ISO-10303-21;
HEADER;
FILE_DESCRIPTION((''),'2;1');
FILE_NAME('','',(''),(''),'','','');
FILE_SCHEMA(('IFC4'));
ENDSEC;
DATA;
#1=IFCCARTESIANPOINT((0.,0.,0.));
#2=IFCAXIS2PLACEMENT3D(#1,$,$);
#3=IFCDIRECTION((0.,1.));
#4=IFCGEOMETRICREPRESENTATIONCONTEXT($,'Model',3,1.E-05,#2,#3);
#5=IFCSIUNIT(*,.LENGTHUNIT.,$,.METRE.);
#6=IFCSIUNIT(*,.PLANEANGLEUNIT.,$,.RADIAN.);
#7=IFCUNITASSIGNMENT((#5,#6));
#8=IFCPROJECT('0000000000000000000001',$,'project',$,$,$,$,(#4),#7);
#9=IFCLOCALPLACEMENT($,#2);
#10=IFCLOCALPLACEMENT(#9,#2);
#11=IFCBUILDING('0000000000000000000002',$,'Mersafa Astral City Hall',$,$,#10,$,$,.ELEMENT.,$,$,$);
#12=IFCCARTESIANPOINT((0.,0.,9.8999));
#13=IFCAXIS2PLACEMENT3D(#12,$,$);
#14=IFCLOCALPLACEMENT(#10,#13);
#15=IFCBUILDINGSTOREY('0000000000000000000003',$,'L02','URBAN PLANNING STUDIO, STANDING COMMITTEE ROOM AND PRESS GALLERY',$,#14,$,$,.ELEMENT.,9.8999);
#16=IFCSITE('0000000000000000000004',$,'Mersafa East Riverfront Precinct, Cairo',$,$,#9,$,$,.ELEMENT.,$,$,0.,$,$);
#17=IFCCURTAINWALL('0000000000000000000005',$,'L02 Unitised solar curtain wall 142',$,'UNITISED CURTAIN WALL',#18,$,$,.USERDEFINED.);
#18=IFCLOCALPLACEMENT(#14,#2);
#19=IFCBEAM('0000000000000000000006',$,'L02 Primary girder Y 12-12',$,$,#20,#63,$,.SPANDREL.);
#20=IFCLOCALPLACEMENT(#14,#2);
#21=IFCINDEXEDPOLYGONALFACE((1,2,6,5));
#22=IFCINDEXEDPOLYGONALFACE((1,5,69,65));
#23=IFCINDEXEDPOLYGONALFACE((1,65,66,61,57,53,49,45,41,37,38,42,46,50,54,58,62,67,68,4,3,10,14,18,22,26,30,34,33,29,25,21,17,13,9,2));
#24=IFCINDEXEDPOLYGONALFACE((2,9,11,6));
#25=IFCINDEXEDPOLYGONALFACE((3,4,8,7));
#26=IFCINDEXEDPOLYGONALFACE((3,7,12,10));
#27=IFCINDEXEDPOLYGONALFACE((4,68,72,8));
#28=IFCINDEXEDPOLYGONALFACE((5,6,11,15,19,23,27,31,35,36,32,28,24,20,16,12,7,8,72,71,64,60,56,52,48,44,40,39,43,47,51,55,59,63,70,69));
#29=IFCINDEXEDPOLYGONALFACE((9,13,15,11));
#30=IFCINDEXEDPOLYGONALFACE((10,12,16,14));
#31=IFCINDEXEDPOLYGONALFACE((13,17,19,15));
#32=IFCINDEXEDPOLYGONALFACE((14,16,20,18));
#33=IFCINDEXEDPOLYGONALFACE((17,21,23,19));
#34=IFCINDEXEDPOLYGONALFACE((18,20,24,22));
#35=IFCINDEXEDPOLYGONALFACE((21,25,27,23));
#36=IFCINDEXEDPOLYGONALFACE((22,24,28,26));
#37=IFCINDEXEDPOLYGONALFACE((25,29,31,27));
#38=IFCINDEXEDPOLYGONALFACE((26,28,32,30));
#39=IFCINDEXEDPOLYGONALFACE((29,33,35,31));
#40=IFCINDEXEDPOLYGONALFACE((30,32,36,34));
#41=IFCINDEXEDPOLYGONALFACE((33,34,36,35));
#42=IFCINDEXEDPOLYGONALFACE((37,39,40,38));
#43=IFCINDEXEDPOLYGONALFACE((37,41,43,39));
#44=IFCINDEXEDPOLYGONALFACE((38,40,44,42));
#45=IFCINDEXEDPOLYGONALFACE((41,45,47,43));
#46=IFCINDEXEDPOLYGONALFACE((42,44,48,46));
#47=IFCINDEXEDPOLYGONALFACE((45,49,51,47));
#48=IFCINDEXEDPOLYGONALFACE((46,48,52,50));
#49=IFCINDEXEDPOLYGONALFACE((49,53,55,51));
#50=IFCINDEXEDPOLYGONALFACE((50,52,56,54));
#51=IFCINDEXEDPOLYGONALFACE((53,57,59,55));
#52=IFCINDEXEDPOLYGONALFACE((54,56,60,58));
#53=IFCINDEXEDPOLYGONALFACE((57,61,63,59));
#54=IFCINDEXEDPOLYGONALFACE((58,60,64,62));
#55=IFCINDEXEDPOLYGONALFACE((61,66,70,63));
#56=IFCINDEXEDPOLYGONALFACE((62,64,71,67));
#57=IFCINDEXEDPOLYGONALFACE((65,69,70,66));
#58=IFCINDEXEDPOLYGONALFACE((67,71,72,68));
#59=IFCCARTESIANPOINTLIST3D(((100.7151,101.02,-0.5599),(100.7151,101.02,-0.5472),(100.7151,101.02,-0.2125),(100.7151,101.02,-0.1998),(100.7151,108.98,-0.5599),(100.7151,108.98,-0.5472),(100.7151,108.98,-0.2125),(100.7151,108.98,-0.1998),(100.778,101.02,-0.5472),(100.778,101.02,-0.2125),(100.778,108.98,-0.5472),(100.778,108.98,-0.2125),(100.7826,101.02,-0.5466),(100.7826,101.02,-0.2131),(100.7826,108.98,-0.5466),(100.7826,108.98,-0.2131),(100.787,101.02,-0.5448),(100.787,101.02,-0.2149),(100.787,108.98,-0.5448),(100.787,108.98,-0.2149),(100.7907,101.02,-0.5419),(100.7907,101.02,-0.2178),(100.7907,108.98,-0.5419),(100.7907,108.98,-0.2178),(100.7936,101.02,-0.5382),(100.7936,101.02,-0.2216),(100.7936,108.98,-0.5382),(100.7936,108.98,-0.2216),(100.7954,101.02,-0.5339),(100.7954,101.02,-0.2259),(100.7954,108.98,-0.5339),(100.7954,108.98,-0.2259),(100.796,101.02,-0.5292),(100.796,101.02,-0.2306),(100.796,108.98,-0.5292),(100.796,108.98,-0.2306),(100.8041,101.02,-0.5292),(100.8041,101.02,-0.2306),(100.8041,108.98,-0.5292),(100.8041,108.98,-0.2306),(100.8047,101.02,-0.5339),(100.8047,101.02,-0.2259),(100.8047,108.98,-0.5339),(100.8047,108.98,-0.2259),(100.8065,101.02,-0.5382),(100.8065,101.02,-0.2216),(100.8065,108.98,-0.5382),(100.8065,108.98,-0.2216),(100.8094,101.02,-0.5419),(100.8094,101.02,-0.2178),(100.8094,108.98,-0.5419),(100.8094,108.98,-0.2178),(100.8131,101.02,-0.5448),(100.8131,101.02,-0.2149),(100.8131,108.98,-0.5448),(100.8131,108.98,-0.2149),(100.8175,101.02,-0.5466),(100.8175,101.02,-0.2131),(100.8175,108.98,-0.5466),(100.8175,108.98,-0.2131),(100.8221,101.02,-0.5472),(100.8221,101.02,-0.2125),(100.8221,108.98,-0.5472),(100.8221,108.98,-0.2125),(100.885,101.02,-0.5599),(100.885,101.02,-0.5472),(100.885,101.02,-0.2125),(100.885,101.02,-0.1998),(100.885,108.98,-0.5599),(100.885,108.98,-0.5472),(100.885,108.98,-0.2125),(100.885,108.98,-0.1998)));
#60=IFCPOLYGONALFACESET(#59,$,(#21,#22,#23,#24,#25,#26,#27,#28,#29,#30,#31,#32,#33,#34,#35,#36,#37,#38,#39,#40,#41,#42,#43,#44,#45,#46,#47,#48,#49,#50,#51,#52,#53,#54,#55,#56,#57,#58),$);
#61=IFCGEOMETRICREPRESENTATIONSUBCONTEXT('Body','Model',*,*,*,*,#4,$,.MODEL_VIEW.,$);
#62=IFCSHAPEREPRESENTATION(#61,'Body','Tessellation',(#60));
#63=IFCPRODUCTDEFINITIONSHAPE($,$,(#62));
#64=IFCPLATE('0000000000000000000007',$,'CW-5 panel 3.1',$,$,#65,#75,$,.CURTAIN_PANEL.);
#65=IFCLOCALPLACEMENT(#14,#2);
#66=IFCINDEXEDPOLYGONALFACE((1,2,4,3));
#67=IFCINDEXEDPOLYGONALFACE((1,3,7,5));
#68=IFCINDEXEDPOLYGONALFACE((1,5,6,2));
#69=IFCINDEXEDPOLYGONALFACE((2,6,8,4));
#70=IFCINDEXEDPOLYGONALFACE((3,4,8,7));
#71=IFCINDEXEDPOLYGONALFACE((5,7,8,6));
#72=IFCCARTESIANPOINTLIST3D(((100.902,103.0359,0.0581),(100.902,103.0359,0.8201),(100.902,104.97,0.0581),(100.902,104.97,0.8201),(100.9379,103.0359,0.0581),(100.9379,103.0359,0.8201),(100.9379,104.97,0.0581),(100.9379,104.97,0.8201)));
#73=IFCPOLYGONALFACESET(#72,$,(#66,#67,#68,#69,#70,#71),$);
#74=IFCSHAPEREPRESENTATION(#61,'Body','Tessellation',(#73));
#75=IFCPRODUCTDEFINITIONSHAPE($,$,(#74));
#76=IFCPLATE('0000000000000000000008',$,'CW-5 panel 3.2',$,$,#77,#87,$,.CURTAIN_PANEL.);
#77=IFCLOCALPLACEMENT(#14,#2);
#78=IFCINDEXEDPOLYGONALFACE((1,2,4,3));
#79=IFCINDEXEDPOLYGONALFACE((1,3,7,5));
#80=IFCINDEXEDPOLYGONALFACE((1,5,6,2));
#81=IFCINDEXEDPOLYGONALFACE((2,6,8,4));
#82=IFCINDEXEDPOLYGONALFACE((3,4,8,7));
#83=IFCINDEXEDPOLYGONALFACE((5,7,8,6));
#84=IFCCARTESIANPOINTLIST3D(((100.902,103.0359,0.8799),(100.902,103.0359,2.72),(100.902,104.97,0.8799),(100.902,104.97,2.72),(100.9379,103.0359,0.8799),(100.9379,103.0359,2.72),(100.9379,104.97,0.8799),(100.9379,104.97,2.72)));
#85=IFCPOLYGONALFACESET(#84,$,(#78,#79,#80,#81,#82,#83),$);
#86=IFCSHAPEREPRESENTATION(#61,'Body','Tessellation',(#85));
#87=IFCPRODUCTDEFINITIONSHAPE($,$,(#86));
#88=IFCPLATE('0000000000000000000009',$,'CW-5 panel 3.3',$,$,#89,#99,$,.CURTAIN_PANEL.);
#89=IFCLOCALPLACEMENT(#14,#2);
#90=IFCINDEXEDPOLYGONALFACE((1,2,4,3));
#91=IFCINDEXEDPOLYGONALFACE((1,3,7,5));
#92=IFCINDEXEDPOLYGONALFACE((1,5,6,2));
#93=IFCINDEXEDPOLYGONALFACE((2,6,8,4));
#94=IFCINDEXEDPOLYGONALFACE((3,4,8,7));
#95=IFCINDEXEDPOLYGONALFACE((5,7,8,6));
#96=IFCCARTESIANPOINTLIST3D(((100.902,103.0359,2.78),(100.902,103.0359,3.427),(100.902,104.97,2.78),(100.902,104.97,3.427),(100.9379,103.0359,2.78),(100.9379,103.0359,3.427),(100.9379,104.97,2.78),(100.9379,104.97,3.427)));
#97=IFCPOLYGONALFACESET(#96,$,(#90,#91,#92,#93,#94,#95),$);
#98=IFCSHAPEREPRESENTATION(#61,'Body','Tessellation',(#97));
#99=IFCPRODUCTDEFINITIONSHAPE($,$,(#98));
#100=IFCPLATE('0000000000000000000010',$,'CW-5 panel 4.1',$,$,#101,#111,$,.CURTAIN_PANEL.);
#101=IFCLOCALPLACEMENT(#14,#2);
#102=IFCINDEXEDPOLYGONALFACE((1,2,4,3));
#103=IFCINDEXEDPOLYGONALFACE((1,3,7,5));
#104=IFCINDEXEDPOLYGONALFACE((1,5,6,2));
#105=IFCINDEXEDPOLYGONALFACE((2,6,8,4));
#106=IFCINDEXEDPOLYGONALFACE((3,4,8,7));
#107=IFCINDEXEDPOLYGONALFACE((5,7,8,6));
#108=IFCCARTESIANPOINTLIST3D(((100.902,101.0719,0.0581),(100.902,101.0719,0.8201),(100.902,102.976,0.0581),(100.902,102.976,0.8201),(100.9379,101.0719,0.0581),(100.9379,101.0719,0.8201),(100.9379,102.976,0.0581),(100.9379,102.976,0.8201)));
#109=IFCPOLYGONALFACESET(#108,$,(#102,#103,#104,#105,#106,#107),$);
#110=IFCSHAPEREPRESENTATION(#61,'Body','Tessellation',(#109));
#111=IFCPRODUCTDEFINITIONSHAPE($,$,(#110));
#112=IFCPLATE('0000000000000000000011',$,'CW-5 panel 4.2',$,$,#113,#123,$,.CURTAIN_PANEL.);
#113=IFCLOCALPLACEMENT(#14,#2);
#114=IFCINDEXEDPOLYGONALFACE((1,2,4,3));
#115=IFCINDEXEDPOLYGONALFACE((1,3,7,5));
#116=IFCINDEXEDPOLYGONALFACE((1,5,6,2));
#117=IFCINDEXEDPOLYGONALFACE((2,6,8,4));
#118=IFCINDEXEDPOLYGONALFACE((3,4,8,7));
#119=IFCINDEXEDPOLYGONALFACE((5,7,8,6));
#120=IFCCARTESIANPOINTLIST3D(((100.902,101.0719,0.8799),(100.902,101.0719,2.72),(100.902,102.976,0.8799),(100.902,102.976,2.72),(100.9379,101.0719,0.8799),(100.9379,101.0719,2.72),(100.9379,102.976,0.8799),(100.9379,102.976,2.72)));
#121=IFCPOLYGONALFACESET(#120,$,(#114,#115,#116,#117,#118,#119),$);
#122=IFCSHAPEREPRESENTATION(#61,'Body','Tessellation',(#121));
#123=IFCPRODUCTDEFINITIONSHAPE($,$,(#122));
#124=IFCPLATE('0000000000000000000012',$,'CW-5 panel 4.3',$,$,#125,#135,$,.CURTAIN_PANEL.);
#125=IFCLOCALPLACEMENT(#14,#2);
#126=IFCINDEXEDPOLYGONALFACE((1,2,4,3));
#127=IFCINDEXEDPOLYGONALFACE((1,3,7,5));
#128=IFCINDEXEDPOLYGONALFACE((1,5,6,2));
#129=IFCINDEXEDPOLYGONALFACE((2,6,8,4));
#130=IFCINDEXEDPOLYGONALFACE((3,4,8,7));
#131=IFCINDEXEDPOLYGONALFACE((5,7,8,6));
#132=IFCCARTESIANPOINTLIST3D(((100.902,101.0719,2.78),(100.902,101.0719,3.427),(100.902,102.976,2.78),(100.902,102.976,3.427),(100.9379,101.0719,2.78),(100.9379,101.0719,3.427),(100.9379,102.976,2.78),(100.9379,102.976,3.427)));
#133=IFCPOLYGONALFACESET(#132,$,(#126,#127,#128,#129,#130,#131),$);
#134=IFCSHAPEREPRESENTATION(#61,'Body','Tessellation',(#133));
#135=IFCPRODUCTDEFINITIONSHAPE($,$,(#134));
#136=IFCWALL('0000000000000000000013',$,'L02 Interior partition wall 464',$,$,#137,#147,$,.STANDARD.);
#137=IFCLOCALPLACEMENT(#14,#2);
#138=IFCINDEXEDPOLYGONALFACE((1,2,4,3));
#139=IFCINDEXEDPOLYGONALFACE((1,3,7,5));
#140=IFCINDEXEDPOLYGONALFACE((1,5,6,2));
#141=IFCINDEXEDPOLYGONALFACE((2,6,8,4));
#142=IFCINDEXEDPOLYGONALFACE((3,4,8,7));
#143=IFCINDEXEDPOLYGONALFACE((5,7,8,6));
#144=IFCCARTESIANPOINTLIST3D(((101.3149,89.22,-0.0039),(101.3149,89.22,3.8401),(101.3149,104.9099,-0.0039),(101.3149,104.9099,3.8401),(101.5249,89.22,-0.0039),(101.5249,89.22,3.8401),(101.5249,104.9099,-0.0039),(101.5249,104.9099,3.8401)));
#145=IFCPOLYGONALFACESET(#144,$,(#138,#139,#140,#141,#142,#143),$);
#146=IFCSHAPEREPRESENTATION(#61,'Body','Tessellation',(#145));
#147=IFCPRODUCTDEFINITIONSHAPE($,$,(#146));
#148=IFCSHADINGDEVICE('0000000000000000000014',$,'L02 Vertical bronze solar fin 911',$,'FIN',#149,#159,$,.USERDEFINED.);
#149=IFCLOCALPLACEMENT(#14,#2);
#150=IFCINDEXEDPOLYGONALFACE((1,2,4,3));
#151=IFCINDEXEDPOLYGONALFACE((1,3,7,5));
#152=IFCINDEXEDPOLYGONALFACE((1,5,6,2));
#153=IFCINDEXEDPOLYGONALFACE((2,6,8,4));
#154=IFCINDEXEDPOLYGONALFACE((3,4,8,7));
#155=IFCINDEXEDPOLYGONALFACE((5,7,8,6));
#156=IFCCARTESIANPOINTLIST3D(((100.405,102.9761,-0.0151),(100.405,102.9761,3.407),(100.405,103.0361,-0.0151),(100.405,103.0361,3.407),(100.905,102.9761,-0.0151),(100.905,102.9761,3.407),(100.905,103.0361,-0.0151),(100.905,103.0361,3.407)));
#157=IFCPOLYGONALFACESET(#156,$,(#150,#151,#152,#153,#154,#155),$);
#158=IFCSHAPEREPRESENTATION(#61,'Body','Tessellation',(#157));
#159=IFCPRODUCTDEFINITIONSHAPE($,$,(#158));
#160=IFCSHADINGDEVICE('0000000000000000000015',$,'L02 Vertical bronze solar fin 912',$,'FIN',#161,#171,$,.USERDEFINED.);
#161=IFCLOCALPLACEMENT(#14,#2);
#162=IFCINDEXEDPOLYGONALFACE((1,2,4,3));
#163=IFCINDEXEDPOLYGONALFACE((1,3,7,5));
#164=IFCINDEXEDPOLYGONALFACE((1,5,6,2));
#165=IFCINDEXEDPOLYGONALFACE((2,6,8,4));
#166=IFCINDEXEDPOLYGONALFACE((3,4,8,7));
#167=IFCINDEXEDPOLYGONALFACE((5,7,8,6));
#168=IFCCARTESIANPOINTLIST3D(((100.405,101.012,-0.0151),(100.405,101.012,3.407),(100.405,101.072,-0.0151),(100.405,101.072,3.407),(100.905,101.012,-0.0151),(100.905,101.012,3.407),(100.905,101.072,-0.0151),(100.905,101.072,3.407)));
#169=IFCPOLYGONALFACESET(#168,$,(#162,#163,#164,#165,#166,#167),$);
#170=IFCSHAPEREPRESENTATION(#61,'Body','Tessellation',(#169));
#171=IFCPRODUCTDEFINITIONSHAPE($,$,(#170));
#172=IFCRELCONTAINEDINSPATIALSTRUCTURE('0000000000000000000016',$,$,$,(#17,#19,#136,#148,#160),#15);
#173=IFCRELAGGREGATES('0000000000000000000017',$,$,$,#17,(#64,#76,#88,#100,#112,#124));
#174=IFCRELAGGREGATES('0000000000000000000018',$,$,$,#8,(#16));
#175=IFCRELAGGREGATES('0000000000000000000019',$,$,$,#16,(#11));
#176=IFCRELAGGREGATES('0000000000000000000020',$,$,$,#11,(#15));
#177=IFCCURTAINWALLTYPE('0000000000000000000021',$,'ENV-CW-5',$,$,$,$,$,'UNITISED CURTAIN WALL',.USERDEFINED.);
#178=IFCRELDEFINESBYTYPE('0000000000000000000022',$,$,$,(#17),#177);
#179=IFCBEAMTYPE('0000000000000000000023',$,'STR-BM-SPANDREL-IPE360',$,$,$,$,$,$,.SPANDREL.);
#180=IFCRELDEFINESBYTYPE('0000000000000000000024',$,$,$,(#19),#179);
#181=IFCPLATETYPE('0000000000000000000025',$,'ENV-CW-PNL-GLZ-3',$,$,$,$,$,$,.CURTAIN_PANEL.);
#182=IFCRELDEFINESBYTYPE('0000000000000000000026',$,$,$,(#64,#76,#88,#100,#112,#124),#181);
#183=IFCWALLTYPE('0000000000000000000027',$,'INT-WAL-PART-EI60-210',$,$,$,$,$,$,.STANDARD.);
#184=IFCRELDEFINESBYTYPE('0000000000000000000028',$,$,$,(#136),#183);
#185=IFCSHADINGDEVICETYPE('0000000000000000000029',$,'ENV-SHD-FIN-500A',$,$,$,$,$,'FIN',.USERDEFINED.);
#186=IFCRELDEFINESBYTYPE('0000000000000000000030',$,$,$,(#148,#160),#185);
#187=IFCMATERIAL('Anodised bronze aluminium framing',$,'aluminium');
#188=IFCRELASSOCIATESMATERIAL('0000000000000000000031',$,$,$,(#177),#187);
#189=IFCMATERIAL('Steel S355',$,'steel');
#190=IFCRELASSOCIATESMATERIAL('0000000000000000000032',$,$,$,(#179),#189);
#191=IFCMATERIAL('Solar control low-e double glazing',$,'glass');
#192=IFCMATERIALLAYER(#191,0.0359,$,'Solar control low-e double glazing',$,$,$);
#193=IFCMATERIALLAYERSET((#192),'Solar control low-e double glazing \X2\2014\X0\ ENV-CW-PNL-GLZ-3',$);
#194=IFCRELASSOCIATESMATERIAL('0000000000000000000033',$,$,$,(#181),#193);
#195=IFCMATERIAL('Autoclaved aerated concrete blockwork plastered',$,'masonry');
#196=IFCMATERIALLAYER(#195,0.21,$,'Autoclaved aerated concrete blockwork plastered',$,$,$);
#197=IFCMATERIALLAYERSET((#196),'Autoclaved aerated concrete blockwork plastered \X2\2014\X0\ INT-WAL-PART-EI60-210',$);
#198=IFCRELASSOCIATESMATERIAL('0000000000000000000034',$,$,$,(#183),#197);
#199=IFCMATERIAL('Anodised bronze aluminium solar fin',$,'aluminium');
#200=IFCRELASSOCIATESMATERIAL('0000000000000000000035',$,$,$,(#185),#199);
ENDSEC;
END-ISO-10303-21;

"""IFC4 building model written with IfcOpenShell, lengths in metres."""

from ifc_helpers import new_model, si_unit, direction, frame, frame_2d, origin, origin_2d, place, context, subcontext, project, spatial, rectangle, i_section, extrude, material, layer, layer_set, material_profile, profile_set, type_object, element, aggregate, save


model = new_model("IFC4")

# Units and contexts
model_context = context("Model", 3, precision=1e-05, world=origin(), true_north=direction((0.0, 1.0)))
body_context = subcontext(model_context, "Body", "Model", "MODEL_VIEW")
ifc_project = project(units=[si_unit("LENGTHUNIT", "METRE"), si_unit("PLANEANGLEUNIT", "RADIAN")], contexts=[model_context])

# Site, building, storey
site_placement = place(None, origin())
site = spatial("IfcSite", under=ifc_project, at=site_placement, Name="Mersafa East Riverfront Precinct, Cairo", CompositionType="ELEMENT", RefElevation=0.0)
building_placement = place(site_placement, origin())
building = spatial("IfcBuilding", under=site, at=building_placement, Name="Mersafa Astral City Hall", CompositionType="ELEMENT")
storey_placement = place(building_placement, frame((0.0, 0.0, 9.8999)))
storey = spatial("IfcBuildingStorey", under=building, at=storey_placement, Name="L02", Description="URBAN PLANNING STUDIO, STANDING COMMITTEE ROOM AND PRESS GALLERY", CompositionType="ELEMENT", Elevation=9.8999)

# Shared definitions
ifc_material_1 = material(Name="Steel S355", Category="steel")

# Curtain wall
ifc_material_2 = material(Name="Anodised bronze aluminium framing", Category="aluminium")
curtain_wall_type_1 = type_object("IfcCurtainWallType", Name="ENV-CW-5", ElementType="UNITISED CURTAIN WALL", PredefinedType="USERDEFINED", material=ifc_material_2)
curtain_wall_1_placement = place(storey_placement, origin())
curtain_wall_1 = element("IfcCurtainWall", 1, at=curtain_wall_1_placement, inside=storey, type_object=curtain_wall_type_1, Name="L02 Unitised solar curtain wall 142", ObjectType="UNITISED CURTAIN WALL", PredefinedType="USERDEFINED")

# Beam
ifc_material_profile_1 = material_profile(ifc_material_1, i_section(OverallWidth=0.1699, OverallDepth=0.3601, WebThickness=0.0081, FlangeThickness=0.0127, FilletRadius=0.0181, at=origin_2d()), Name="IPE 360")
ifc_profile_set_1 = profile_set([ifc_material_profile_1], Name="Steel S355")
beam_type_1 = type_object("IfcBeamType", Name="STR-BM-SPANDREL-IPE360", PredefinedType="SPANDREL", material=ifc_profile_set_1)
beam_1_placement = place(storey_placement, frame((100.8, 101.02, -0.3799), z_axis=(0.0, 1.0, 0.0), x_axis=(-1.0, 0.0, 0.0)))
element("IfcBeam", 2, at=beam_1_placement, inside=storey, type_object=beam_type_1, Name="L02 Primary girder Y 12-12", PredefinedType="SPANDREL", context=body_context, shape_type="SweptSolid", body=[
    extrude(i_section(OverallWidth=0.1699, OverallDepth=0.3601, WebThickness=0.0081, FlangeThickness=0.0127, FilletRadius=0.0181, at=origin_2d()), origin(), (0.0, 0.0, 1.0), 7.96),
])

# Plates
ifc_material_3 = material(Name="Solar control low-e double glazing", Category="glass")
ifc_layer_1 = layer(ifc_material_3, 0.0359, Name="Solar control low-e double glazing")
ifc_layer_set_1 = layer_set([ifc_layer_1], Name="Solar control low-e double glazing — ENV-CW-PNL-GLZ-3")
plate_type = type_object("IfcPlateType", Name="ENV-CW-PNL-GLZ-3", PredefinedType="CURTAIN_PANEL", material=ifc_layer_set_1)
plate_1_placement = place(storey_placement, frame((100.9199, 104.0029, 0.0581), z_axis=(0.0, 0.0, 1.0), x_axis=(0.0, -1.0, 0.0)))
plate_1 = element("IfcPlate", 3, at=plate_1_placement, type_object=plate_type, Name="CW-5 panel 3.1", PredefinedType="CURTAIN_PANEL", context=body_context, shape_type="SweptSolid", body=[
    extrude(rectangle(XDim=1.9341, YDim=0.0359, at=origin_2d()), origin(), (0.0, 0.0, 1.0), 0.762),
])
plate_2_placement = place(storey_placement, frame((100.9199, 104.0029, 0.8799), z_axis=(0.0, 0.0, 1.0), x_axis=(0.0, -1.0, 0.0)))
plate_2 = element("IfcPlate", 4, at=plate_2_placement, type_object=plate_type, Name="CW-5 panel 3.2", PredefinedType="CURTAIN_PANEL", context=body_context, shape_type="SweptSolid", body=[
    extrude(rectangle(XDim=1.9341, YDim=0.0359, at=origin_2d()), origin(), (0.0, 0.0, 1.0), 1.8401),
])
plate_3_placement = place(storey_placement, frame((100.9199, 104.0029, 2.78), z_axis=(0.0, 0.0, 1.0), x_axis=(0.0, -1.0, 0.0)))
plate_3 = element("IfcPlate", 5, at=plate_3_placement, type_object=plate_type, Name="CW-5 panel 3.3", PredefinedType="CURTAIN_PANEL", context=body_context, shape_type="SweptSolid", body=[
    extrude(rectangle(XDim=1.9341, YDim=0.0359, at=origin_2d()), origin(), (0.0, 0.0, 1.0), 0.647),
])
plate_4_placement = place(storey_placement, frame((100.9199, 102.0239, 0.0581), z_axis=(0.0, 0.0, 1.0), x_axis=(0.0, -1.0, 0.0)))
plate_4 = element("IfcPlate", 6, at=plate_4_placement, type_object=plate_type, Name="CW-5 panel 4.1", PredefinedType="CURTAIN_PANEL", context=body_context, shape_type="SweptSolid", body=[
    extrude(rectangle(XDim=1.9041, YDim=0.0359, at=origin_2d()), origin(), (0.0, 0.0, 1.0), 0.762),
])
plate_5_placement = place(storey_placement, frame((100.9199, 102.0239, 0.8799), z_axis=(0.0, 0.0, 1.0), x_axis=(0.0, -1.0, 0.0)))
plate_5 = element("IfcPlate", 7, at=plate_5_placement, type_object=plate_type, Name="CW-5 panel 4.2", PredefinedType="CURTAIN_PANEL", context=body_context, shape_type="SweptSolid", body=[
    extrude(rectangle(XDim=1.9041, YDim=0.0359, at=origin_2d()), origin(), (0.0, 0.0, 1.0), 1.8401),
])
plate_6_placement = place(storey_placement, frame((100.9199, 102.0239, 2.78), z_axis=(0.0, 0.0, 1.0), x_axis=(0.0, -1.0, 0.0)))
plate_6 = element("IfcPlate", 8, at=plate_6_placement, type_object=plate_type, Name="CW-5 panel 4.3", PredefinedType="CURTAIN_PANEL", context=body_context, shape_type="SweptSolid", body=[
    extrude(rectangle(XDim=1.9041, YDim=0.0359, at=origin_2d()), origin(), (0.0, 0.0, 1.0), 0.647),
])
aggregate(curtain_wall_1, [plate_1, plate_2, plate_3, plate_4, plate_5, plate_6])

# Wall
ifc_material_4 = material(Name="Autoclaved aerated concrete blockwork plastered", Category="masonry")
ifc_layer_2 = layer(ifc_material_4, 0.21, Name="Autoclaved aerated concrete blockwork plastered")
ifc_layer_set_2 = layer_set([ifc_layer_2], Name="Autoclaved aerated concrete blockwork plastered — INT-WAL-PART-EI60-210")
wall_type = type_object("IfcWallType", Name="INT-WAL-PART-EI60-210", PredefinedType="STANDARD", material=ifc_layer_set_2)
wall_placement = place(storey_placement, frame((101.4199, 104.9099, -0.0039), z_axis=(0.0, 0.0, 1.0), x_axis=(0.0, -1.0, 0.0)))
element("IfcWall", 9, at=wall_placement, inside=storey, type_object=wall_type, Name="L02 Interior partition wall 464", PredefinedType="STANDARD", context=body_context, shape_type="SweptSolid", body=[
    extrude(rectangle(XDim=15.6899, YDim=0.21, at=frame_2d((7.845, 0.0))), origin(), (0.0, 0.0, 1.0), 3.844),
])

# Shading devices
ifc_material_5 = material(Name="Anodised bronze aluminium solar fin", Category="aluminium")
shading_device_type = type_object("IfcShadingDeviceType", Name="ENV-SHD-FIN-500A", ElementType="FIN", PredefinedType="USERDEFINED", material=ifc_material_5)
for number, where, z_axis, x_axis, name in (
    (10, (100.655, 103.0061, -0.0151), (0.0, 0.0, 1.0), (0.0, -1.0, 0.0), "L02 Vertical bronze solar fin 911"),
    (11, (100.655, 101.042, -0.0151), (0.0, 0.0, 1.0), (0.0, -1.0, 0.0), "L02 Vertical bronze solar fin 912"),
):
    element("IfcShadingDevice", number, at=place(storey_placement, frame(where, z_axis=z_axis, x_axis=x_axis)), inside=storey, type_object=shading_device_type, Name=name, ObjectType="FIN", PredefinedType="USERDEFINED", context=body_context, shape_type="SweptSolid", body=[
        extrude(rectangle(XDim=0.0601, YDim=0.5, at=origin_2d()), origin(), (0.0, 0.0, 1.0), 3.4221),
    ])

save(model, "model.ifc")
